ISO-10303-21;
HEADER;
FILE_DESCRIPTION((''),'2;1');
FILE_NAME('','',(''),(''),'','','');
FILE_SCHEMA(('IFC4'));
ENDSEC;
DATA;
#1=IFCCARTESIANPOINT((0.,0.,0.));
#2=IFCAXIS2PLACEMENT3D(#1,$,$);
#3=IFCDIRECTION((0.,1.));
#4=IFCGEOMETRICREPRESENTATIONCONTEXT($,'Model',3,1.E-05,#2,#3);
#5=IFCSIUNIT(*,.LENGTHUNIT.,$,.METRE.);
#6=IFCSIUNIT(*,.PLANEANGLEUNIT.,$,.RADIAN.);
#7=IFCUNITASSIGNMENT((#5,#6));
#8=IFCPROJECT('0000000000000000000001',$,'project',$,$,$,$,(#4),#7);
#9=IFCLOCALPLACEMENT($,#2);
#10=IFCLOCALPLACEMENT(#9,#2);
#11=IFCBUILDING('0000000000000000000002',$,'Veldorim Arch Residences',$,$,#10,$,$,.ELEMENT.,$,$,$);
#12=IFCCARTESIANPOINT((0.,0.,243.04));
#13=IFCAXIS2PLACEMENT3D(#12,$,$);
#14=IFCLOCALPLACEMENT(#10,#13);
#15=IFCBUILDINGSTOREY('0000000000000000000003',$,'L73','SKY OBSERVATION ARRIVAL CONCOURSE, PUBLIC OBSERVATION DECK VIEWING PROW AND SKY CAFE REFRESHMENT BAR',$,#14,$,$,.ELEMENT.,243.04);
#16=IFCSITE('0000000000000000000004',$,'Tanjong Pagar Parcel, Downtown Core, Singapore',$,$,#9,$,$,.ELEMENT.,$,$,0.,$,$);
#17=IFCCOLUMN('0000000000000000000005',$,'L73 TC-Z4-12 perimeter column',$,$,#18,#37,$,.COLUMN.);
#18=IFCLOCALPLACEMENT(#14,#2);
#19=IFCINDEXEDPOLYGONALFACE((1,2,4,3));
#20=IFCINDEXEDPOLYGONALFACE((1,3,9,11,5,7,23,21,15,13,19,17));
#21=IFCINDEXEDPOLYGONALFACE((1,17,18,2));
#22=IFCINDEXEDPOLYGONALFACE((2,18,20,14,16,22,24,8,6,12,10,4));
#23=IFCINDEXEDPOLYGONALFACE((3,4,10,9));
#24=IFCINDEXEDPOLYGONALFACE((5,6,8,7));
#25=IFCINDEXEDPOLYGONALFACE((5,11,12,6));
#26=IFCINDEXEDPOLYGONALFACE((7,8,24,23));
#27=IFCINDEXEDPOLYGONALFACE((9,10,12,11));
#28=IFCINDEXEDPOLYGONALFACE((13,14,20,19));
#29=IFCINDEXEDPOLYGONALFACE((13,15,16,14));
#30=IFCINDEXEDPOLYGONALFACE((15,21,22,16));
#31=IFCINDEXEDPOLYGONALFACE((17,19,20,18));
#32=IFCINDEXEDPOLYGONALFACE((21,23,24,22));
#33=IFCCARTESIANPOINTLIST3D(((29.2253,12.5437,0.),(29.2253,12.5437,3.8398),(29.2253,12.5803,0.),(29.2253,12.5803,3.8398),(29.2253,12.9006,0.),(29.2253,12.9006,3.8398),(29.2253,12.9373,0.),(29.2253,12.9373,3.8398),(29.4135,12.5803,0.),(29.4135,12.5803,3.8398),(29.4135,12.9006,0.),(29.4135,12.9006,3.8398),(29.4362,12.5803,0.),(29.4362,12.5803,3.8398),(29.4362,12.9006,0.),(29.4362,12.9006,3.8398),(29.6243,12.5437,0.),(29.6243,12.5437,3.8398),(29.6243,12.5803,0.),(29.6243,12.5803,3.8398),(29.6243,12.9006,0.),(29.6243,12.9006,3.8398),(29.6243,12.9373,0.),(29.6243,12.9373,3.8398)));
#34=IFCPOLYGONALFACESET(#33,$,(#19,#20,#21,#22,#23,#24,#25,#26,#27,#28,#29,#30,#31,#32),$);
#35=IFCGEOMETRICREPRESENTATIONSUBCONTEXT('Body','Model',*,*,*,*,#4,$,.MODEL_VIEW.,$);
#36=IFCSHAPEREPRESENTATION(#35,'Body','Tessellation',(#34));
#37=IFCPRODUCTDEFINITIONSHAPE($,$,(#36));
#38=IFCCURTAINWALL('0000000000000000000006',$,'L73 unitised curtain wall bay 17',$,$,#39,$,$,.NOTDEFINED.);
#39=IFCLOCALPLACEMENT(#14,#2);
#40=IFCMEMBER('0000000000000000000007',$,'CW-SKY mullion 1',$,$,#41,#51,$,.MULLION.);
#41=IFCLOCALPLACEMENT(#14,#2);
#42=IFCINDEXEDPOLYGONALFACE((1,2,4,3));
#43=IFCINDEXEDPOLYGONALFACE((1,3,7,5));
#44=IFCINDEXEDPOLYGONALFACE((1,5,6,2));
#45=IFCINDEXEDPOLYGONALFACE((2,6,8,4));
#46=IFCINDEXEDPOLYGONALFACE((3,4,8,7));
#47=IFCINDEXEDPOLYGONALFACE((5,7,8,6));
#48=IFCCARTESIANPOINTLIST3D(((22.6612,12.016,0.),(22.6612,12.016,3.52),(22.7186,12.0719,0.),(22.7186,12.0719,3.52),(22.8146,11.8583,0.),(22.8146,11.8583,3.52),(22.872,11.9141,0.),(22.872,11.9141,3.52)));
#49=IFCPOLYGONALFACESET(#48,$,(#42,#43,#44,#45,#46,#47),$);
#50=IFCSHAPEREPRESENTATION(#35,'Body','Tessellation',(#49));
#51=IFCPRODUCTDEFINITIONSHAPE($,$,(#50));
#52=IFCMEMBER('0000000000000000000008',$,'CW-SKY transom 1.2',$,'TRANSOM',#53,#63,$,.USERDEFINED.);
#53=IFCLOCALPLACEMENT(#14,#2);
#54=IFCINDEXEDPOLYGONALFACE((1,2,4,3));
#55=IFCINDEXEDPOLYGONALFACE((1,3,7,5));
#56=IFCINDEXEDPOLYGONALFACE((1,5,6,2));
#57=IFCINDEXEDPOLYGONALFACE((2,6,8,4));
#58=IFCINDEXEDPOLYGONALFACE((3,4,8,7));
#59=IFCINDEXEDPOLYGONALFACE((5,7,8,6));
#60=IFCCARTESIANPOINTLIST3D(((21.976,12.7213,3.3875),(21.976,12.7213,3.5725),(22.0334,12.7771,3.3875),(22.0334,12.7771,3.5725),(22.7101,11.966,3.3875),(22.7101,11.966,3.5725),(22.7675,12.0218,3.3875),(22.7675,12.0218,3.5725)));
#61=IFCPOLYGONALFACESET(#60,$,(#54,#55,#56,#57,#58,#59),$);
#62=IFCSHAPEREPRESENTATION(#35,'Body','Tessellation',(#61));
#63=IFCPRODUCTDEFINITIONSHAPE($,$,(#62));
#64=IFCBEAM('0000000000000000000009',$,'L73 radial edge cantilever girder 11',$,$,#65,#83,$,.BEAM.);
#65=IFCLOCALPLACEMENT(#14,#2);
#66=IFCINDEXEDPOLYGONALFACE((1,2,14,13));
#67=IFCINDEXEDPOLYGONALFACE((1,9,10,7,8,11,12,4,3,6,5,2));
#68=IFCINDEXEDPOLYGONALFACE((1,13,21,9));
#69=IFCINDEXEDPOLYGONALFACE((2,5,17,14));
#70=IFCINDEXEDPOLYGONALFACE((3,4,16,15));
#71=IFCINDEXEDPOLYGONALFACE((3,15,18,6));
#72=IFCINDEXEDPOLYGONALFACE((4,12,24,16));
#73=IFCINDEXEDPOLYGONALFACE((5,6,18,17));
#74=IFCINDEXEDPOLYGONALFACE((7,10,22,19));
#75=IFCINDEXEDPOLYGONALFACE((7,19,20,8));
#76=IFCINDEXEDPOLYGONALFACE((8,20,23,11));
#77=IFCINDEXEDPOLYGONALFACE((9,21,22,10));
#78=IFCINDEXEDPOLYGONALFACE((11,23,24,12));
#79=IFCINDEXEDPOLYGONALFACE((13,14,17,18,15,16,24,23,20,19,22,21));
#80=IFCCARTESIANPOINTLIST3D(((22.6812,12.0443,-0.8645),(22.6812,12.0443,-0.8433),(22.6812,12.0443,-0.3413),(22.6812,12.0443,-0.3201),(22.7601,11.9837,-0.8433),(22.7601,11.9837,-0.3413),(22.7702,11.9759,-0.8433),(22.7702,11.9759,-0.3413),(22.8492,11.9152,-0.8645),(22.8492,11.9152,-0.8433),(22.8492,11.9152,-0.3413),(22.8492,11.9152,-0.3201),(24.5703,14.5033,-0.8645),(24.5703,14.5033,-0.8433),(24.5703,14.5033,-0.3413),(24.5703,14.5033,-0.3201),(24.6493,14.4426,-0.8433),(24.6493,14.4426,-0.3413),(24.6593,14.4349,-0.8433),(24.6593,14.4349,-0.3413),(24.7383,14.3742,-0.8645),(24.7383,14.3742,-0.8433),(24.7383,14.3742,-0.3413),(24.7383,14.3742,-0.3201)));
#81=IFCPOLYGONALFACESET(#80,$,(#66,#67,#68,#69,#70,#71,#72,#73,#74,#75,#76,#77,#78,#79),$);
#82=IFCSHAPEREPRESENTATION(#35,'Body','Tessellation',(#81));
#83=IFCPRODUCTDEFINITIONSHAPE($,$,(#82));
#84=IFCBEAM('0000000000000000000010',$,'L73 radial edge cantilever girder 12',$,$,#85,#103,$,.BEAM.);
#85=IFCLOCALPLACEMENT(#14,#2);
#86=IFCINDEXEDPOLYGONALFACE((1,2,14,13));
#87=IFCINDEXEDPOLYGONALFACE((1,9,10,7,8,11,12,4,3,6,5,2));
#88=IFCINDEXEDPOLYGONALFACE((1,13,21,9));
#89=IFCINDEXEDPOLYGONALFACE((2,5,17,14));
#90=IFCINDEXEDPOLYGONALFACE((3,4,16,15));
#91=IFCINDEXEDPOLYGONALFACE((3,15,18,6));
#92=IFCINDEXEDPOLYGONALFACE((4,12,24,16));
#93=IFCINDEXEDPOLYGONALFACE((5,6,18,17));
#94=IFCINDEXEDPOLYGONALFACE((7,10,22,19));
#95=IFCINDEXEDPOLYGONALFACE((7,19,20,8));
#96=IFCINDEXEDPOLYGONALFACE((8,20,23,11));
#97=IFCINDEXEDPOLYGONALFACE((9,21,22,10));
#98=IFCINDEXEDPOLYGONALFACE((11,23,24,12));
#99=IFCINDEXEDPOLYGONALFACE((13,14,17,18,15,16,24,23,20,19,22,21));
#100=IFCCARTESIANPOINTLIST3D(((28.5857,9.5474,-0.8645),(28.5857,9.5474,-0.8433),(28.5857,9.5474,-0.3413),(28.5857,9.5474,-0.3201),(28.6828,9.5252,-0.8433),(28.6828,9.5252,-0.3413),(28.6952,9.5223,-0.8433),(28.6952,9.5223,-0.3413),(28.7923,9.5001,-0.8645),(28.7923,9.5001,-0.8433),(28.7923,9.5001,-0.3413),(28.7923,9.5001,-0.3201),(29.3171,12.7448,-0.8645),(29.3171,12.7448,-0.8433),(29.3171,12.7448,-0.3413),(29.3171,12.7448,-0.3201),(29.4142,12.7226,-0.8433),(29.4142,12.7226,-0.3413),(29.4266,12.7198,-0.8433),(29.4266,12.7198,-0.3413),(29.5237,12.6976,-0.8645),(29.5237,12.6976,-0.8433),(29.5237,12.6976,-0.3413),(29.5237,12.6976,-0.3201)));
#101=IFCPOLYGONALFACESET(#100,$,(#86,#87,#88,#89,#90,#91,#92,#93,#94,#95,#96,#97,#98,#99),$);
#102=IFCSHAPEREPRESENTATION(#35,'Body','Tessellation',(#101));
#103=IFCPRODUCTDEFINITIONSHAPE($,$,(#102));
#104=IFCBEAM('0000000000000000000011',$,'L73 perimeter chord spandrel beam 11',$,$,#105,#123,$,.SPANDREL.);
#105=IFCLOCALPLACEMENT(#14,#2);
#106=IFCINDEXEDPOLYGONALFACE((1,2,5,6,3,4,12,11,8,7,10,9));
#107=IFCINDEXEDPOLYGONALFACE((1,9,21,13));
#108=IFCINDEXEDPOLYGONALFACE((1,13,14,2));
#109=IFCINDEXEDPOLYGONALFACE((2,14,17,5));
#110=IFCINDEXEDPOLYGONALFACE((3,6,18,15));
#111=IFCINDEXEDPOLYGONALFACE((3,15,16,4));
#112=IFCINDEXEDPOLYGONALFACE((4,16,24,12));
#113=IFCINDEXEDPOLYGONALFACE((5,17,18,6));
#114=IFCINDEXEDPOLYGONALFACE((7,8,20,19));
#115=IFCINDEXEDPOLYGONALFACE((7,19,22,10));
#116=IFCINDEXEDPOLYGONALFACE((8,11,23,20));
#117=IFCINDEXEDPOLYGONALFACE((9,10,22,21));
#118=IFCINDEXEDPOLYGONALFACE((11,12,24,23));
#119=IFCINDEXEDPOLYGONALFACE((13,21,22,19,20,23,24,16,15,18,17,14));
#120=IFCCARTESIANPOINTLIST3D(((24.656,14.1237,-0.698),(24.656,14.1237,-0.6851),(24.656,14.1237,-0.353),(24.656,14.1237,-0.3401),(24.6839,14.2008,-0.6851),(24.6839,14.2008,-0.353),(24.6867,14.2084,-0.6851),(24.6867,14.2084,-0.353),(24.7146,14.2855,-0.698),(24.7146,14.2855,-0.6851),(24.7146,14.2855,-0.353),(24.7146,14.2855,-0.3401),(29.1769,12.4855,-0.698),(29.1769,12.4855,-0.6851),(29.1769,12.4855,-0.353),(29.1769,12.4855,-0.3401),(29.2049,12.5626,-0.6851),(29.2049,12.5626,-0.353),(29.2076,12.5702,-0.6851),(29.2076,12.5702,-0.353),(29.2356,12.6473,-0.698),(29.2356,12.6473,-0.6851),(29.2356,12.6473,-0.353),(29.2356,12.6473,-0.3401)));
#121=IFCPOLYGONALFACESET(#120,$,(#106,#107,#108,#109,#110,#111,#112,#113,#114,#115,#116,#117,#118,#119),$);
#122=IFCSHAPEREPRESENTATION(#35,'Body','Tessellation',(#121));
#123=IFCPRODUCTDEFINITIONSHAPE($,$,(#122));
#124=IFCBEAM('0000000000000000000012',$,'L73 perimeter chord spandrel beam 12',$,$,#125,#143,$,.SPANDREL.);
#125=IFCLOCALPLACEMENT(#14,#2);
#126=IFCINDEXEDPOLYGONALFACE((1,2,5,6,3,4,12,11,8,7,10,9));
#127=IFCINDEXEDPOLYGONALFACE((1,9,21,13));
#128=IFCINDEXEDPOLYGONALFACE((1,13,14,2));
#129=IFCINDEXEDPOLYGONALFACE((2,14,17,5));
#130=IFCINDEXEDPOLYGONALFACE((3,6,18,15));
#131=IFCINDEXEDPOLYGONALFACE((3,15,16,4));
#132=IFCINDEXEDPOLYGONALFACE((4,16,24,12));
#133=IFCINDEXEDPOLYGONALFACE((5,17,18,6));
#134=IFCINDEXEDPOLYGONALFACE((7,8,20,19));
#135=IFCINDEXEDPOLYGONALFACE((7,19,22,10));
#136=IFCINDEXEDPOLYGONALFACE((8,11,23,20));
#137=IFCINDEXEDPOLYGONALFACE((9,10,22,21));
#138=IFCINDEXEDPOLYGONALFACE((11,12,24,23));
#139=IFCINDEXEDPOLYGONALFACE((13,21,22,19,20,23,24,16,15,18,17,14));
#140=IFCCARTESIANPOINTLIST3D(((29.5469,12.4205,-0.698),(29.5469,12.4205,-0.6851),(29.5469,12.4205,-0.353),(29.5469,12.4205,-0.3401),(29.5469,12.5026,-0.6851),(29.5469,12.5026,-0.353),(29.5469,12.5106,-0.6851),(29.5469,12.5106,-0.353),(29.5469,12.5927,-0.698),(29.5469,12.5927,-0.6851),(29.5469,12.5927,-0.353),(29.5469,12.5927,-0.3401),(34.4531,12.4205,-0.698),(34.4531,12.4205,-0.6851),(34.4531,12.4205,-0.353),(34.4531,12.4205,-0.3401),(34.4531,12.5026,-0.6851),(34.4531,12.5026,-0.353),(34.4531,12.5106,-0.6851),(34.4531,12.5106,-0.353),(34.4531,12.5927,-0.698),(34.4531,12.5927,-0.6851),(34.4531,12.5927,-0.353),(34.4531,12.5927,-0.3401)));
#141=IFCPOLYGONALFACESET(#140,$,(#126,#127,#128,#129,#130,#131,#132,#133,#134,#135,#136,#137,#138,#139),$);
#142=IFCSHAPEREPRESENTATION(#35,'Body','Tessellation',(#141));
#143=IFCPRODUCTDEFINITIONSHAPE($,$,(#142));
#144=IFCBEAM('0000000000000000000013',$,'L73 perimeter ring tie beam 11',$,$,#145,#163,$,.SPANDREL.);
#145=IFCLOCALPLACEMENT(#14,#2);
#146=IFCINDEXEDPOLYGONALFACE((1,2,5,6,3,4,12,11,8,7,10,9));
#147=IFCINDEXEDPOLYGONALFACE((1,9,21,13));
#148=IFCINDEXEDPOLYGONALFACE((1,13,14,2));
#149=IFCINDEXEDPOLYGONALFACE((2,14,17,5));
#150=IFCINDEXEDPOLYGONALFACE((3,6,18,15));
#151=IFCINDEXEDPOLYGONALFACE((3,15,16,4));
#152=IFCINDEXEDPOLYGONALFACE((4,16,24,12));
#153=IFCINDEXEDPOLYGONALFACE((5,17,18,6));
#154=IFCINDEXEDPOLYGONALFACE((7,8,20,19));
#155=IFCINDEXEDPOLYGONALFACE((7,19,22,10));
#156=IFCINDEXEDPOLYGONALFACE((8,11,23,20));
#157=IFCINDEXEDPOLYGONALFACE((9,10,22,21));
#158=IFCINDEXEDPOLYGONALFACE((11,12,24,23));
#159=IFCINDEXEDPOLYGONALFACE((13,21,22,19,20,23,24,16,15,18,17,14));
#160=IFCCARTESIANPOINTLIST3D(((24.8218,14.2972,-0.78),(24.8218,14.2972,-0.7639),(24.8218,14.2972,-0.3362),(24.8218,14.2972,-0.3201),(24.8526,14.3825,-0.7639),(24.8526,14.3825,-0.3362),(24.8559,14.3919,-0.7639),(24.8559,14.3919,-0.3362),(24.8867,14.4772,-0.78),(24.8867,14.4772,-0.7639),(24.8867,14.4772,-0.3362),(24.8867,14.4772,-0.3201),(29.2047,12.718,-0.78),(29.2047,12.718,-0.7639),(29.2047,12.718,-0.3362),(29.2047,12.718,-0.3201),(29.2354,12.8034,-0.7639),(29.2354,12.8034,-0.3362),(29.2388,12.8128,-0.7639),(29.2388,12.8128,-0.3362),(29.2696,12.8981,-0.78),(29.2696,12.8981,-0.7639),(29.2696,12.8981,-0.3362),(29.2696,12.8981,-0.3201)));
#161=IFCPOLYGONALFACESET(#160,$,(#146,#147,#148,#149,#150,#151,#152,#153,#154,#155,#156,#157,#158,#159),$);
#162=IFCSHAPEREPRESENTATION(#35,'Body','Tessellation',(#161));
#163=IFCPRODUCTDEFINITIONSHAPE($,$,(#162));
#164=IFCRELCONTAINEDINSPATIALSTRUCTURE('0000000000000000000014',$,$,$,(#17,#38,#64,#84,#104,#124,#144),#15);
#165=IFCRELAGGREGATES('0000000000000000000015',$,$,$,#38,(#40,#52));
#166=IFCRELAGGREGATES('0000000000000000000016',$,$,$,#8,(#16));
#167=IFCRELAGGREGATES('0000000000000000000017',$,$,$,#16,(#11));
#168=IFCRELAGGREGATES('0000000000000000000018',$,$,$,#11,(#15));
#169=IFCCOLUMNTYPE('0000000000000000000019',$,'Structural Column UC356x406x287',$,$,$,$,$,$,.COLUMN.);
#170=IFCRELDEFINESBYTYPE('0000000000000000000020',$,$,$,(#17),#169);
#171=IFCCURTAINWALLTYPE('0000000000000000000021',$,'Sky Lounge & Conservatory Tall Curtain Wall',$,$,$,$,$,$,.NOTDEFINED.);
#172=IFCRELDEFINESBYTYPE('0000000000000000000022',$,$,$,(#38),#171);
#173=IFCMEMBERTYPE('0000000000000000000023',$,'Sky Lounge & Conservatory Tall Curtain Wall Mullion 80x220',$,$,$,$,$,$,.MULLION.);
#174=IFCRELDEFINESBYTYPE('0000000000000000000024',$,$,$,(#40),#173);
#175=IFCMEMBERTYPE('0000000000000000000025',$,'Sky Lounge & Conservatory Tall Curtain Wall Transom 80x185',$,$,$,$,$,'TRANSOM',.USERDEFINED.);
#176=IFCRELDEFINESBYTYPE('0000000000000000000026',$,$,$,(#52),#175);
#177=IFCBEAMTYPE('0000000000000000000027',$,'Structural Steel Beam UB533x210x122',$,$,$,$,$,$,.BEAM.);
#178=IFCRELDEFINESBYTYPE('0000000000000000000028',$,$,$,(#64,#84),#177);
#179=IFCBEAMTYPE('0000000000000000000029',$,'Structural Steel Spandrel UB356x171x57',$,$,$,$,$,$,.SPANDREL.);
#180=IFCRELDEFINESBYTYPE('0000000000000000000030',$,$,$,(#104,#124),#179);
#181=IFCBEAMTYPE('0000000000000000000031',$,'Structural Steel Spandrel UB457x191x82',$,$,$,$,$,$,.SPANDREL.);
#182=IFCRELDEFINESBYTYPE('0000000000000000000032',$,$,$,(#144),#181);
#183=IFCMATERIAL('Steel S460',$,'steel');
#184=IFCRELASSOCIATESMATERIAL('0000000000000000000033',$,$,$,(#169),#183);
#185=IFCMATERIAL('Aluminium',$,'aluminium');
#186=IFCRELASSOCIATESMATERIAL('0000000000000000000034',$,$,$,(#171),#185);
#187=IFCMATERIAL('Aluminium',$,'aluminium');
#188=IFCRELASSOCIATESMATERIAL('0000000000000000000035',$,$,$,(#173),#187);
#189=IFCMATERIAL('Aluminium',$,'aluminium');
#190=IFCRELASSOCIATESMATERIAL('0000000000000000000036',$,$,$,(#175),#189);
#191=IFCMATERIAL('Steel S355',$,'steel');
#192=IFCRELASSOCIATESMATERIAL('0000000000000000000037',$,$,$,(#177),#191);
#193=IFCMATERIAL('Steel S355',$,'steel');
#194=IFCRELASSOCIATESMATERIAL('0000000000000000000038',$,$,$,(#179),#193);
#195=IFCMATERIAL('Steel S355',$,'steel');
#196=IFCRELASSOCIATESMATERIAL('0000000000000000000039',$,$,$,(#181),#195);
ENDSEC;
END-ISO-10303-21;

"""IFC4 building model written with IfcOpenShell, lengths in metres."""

from ifc_helpers import new_model, si_unit, direction, frame, origin, origin_2d, place, context, subcontext, project, spatial, rectangle, i_section, extrude, material, material_profile, profile_set, type_object, element, aggregate, save


model = new_model("IFC4")

# Units and contexts
model_context = context("Model", 3, precision=1e-05, world=origin(), true_north=direction((0.0, 1.0)))
body_context = subcontext(model_context, "Body", "Model", "MODEL_VIEW")
ifc_project = project(units=[si_unit("LENGTHUNIT", "METRE"), si_unit("PLANEANGLEUNIT", "RADIAN")], contexts=[model_context])

# Site, building, storey
site_placement = place(None, origin())
site = spatial("IfcSite", under=ifc_project, at=site_placement, Name="Tanjong Pagar Parcel, Downtown Core, Singapore", CompositionType="ELEMENT", RefElevation=0.0)
building_placement = place(site_placement, origin())
building = spatial("IfcBuilding", under=site, at=building_placement, Name="Veldorim Arch Residences", CompositionType="ELEMENT")
storey_placement = place(building_placement, frame((0.0, 0.0, 243.04)))
storey = spatial("IfcBuildingStorey", under=building, at=storey_placement, Name="L73", Description="SKY OBSERVATION ARRIVAL CONCOURSE, PUBLIC OBSERVATION DECK VIEWING PROW AND SKY CAFE REFRESHMENT BAR", CompositionType="ELEMENT", Elevation=243.04)

# Column
ifc_material_1 = material(Name="Steel S460", Category="steel")
ifc_material_profile_1 = material_profile(ifc_material_1, i_section(OverallWidth=0.3989, OverallDepth=0.3936, WebThickness=0.0227, FlangeThickness=0.0366, at=origin_2d()), Name="UC356x406x287")
ifc_profile_set_1 = profile_set([ifc_material_profile_1], Name="Steel S460")
column_type = type_object("IfcColumnType", Name="Structural Column UC356x406x287", PredefinedType="COLUMN", material=ifc_profile_set_1)
column_placement = place(storey_placement, frame((29.4248, 12.7405, 0.0), z_axis=(0.0, 0.0, 1.0), x_axis=(1.0, 0.0, 0.0)))
element("IfcColumn", 1, at=column_placement, inside=storey, type_object=column_type, Name="L73 TC-Z4-12 perimeter column", PredefinedType="COLUMN", context=body_context, shape_type="SweptSolid", body=[
    extrude(i_section(OverallWidth=0.3989, OverallDepth=0.3936, WebThickness=0.0227, FlangeThickness=0.0366, at=origin_2d()), origin(), (0.0, 0.0, 1.0), 3.8398),
])

# Curtain wall, members
ifc_material_2 = material(Name="Aluminium", Category="aluminium")
curtain_wall_type = type_object("IfcCurtainWallType", Name="Sky Lounge & Conservatory Tall Curtain Wall", PredefinedType="NOTDEFINED", material=ifc_material_2)
curtain_wall_placement = place(storey_placement, origin())
curtain_wall = element("IfcCurtainWall", 2, at=curtain_wall_placement, inside=storey, type_object=curtain_wall_type, Name="L73 unitised curtain wall bay 17", PredefinedType="NOTDEFINED")
ifc_material_3 = material(Name="Aluminium", Category="aluminium")
ifc_material_profile_2 = material_profile(ifc_material_3, rectangle(XDim=0.0801, YDim=0.22, at=origin_2d()), Name="ALU_MUL_80x220")
ifc_profile_set_2 = profile_set([ifc_material_profile_2], Name="Aluminium")
member_type_1 = type_object("IfcMemberType", Name="Sky Lounge & Conservatory Tall Curtain Wall Mullion 80x220", PredefinedType="MULLION", material=ifc_profile_set_2)
member_1_placement = place(storey_placement, frame((22.7666, 11.9651, 0.0), z_axis=(0.0, 0.0, 1.0), x_axis=(-0.717029, -0.697044, 0.0)))
member_1 = element("IfcMember", 3, at=member_1_placement, type_object=member_type_1, Name="CW-SKY mullion 1", PredefinedType="MULLION", context=body_context, shape_type="SweptSolid", body=[
    extrude(rectangle(XDim=0.0801, YDim=0.22, at=origin_2d()), origin(), (0.0, 0.0, 1.0), 3.52),
])
ifc_material_4 = material(Name="Aluminium", Category="aluminium")
ifc_material_profile_3 = material_profile(ifc_material_4, rectangle(XDim=0.0801, YDim=0.1851, at=origin_2d()), Name="ALU_TRN_80x185")
ifc_profile_set_3 = profile_set([ifc_material_profile_3], Name="Aluminium")
member_type_2 = type_object("IfcMemberType", Name="Sky Lounge & Conservatory Tall Curtain Wall Transom 80x185", ElementType="TRANSOM", PredefinedType="USERDEFINED", material=ifc_profile_set_3)
member_2_placement = place(storey_placement, frame((22.7388, 11.9939, 3.48), z_axis=(-0.696953, 0.717117, 0.0), x_axis=(-0.717117, -0.696953, 0.0)))
member_2 = element("IfcMember", 4, at=member_2_placement, type_object=member_type_2, Name="CW-SKY transom 1.2", ObjectType="TRANSOM", PredefinedType="USERDEFINED", context=body_context, shape_type="SweptSolid", body=[
    extrude(rectangle(XDim=0.0801, YDim=0.1851, at=origin_2d()), origin(), (0.0, 0.0, 1.0), 1.0532),
])
aggregate(curtain_wall, [member_1, member_2])

# Beams
ifc_material_5 = material(Name="Steel S355", Category="steel")
ifc_material_profile_4 = material_profile(ifc_material_5, i_section(OverallWidth=0.2119, OverallDepth=0.5444, WebThickness=0.0127, FlangeThickness=0.0212, at=origin_2d()), Name="UB533x210x122")
ifc_profile_set_4 = profile_set([ifc_material_profile_4], Name="Steel S355")
beam_type_1 = type_object("IfcBeamType", Name="Structural Steel Beam UB533x210x122", PredefinedType="BEAM", material=ifc_profile_set_4)
beam_1_placement = place(storey_placement, frame((24.6543, 14.4387, -0.5923), z_axis=(-0.609231, -0.792993, 0.0), x_axis=(0.792993, -0.609231, 0.0)))
element("IfcBeam", 5, at=beam_1_placement, inside=storey, type_object=beam_type_1, Name="L73 radial edge cantilever girder 11", PredefinedType="BEAM", context=body_context, shape_type="SweptSolid", body=[
    extrude(i_section(OverallWidth=0.2119, OverallDepth=0.5444, WebThickness=0.0127, FlangeThickness=0.0212, at=origin_2d()), origin(), (0.0, 0.0, 1.0), 3.1008),
])
beam_2_placement = place(storey_placement, frame((29.4204, 12.7212, -0.5923), z_axis=(-0.222995, -0.97482, 0.0), x_axis=(0.97482, -0.222995, 0.0)))
element("IfcBeam", 6, at=beam_2_placement, inside=storey, type_object=beam_type_1, Name="L73 radial edge cantilever girder 12", PredefinedType="BEAM", context=body_context, shape_type="SweptSolid", body=[
    extrude(i_section(OverallWidth=0.2119, OverallDepth=0.5444, WebThickness=0.0127, FlangeThickness=0.0212, at=origin_2d()), origin(), (0.0, 0.0, 1.0), 3.28),
])
ifc_material_6 = material(Name="Steel S355", Category="steel")
ifc_material_profile_5 = material_profile(ifc_material_6, i_section(OverallWidth=0.1721, OverallDepth=0.3579, WebThickness=0.0081, FlangeThickness=0.0129, at=origin_2d()), Name="UB356x171x57")
ifc_profile_set_5 = profile_set([ifc_material_profile_5], Name="Steel S355")
beam_type_2 = type_object("IfcBeamType", Name="Structural Steel Spandrel UB356x171x57", PredefinedType="SPANDREL", material=ifc_profile_set_5)
beam_3_placement = place(storey_placement, frame((24.6853, 14.2046, -0.519), z_axis=(0.940181, -0.340675, 0.0), x_axis=(0.340675, 0.940181, 0.0)))
element("IfcBeam", 7, at=beam_3_placement, inside=storey, type_object=beam_type_2, Name="L73 perimeter chord spandrel beam 11", PredefinedType="SPANDREL", context=body_context, shape_type="SweptSolid", body=[
    extrude(i_section(OverallWidth=0.1721, OverallDepth=0.3579, WebThickness=0.0081, FlangeThickness=0.0129, at=origin_2d()), origin(), (0.0, 0.0, 1.0), 4.8086),
])
beam_4_placement = place(storey_placement, frame((29.5469, 12.5066, -0.519), z_axis=(1.0, 0.0, 0.0), x_axis=(0.0, 1.0, 0.0)))
element("IfcBeam", 8, at=beam_4_placement, inside=storey, type_object=beam_type_2, Name="L73 perimeter chord spandrel beam 12", PredefinedType="SPANDREL", context=body_context, shape_type="SweptSolid", body=[
    extrude(i_section(OverallWidth=0.1721, OverallDepth=0.3579, WebThickness=0.0081, FlangeThickness=0.0129, at=origin_2d()), origin(), (0.0, 0.0, 1.0), 4.9062),
])
ifc_material_7 = material(Name="Steel S355", Category="steel")
ifc_material_profile_6 = material_profile(ifc_material_7, i_section(OverallWidth=0.1914, OverallDepth=0.46, WebThickness=0.01, FlangeThickness=0.0161, at=origin_2d()), Name="UB457x191x82")
ifc_profile_set_6 = profile_set([ifc_material_profile_6], Name="Steel S355")
beam_type_3 = type_object("IfcBeamType", Name="Structural Steel Spandrel UB457x191x82", PredefinedType="SPANDREL", material=ifc_profile_set_6)
beam_5_placement = place(storey_placement, frame((24.8542, 14.3872, -0.55), z_axis=(0.940799, -0.338964, 0.0), x_axis=(0.338964, 0.940799, 0.0)))
element("IfcBeam", 9, at=beam_5_placement, inside=storey, type_object=beam_type_3, Name="L73 perimeter ring tie beam 11", PredefinedType="SPANDREL", context=body_context, shape_type="SweptSolid", body=[
    extrude(i_section(OverallWidth=0.1914, OverallDepth=0.46, WebThickness=0.01, FlangeThickness=0.0161, at=origin_2d()), origin(), (0.0, 0.0, 1.0), 4.6587),
])

save(model, "model.ifc")
